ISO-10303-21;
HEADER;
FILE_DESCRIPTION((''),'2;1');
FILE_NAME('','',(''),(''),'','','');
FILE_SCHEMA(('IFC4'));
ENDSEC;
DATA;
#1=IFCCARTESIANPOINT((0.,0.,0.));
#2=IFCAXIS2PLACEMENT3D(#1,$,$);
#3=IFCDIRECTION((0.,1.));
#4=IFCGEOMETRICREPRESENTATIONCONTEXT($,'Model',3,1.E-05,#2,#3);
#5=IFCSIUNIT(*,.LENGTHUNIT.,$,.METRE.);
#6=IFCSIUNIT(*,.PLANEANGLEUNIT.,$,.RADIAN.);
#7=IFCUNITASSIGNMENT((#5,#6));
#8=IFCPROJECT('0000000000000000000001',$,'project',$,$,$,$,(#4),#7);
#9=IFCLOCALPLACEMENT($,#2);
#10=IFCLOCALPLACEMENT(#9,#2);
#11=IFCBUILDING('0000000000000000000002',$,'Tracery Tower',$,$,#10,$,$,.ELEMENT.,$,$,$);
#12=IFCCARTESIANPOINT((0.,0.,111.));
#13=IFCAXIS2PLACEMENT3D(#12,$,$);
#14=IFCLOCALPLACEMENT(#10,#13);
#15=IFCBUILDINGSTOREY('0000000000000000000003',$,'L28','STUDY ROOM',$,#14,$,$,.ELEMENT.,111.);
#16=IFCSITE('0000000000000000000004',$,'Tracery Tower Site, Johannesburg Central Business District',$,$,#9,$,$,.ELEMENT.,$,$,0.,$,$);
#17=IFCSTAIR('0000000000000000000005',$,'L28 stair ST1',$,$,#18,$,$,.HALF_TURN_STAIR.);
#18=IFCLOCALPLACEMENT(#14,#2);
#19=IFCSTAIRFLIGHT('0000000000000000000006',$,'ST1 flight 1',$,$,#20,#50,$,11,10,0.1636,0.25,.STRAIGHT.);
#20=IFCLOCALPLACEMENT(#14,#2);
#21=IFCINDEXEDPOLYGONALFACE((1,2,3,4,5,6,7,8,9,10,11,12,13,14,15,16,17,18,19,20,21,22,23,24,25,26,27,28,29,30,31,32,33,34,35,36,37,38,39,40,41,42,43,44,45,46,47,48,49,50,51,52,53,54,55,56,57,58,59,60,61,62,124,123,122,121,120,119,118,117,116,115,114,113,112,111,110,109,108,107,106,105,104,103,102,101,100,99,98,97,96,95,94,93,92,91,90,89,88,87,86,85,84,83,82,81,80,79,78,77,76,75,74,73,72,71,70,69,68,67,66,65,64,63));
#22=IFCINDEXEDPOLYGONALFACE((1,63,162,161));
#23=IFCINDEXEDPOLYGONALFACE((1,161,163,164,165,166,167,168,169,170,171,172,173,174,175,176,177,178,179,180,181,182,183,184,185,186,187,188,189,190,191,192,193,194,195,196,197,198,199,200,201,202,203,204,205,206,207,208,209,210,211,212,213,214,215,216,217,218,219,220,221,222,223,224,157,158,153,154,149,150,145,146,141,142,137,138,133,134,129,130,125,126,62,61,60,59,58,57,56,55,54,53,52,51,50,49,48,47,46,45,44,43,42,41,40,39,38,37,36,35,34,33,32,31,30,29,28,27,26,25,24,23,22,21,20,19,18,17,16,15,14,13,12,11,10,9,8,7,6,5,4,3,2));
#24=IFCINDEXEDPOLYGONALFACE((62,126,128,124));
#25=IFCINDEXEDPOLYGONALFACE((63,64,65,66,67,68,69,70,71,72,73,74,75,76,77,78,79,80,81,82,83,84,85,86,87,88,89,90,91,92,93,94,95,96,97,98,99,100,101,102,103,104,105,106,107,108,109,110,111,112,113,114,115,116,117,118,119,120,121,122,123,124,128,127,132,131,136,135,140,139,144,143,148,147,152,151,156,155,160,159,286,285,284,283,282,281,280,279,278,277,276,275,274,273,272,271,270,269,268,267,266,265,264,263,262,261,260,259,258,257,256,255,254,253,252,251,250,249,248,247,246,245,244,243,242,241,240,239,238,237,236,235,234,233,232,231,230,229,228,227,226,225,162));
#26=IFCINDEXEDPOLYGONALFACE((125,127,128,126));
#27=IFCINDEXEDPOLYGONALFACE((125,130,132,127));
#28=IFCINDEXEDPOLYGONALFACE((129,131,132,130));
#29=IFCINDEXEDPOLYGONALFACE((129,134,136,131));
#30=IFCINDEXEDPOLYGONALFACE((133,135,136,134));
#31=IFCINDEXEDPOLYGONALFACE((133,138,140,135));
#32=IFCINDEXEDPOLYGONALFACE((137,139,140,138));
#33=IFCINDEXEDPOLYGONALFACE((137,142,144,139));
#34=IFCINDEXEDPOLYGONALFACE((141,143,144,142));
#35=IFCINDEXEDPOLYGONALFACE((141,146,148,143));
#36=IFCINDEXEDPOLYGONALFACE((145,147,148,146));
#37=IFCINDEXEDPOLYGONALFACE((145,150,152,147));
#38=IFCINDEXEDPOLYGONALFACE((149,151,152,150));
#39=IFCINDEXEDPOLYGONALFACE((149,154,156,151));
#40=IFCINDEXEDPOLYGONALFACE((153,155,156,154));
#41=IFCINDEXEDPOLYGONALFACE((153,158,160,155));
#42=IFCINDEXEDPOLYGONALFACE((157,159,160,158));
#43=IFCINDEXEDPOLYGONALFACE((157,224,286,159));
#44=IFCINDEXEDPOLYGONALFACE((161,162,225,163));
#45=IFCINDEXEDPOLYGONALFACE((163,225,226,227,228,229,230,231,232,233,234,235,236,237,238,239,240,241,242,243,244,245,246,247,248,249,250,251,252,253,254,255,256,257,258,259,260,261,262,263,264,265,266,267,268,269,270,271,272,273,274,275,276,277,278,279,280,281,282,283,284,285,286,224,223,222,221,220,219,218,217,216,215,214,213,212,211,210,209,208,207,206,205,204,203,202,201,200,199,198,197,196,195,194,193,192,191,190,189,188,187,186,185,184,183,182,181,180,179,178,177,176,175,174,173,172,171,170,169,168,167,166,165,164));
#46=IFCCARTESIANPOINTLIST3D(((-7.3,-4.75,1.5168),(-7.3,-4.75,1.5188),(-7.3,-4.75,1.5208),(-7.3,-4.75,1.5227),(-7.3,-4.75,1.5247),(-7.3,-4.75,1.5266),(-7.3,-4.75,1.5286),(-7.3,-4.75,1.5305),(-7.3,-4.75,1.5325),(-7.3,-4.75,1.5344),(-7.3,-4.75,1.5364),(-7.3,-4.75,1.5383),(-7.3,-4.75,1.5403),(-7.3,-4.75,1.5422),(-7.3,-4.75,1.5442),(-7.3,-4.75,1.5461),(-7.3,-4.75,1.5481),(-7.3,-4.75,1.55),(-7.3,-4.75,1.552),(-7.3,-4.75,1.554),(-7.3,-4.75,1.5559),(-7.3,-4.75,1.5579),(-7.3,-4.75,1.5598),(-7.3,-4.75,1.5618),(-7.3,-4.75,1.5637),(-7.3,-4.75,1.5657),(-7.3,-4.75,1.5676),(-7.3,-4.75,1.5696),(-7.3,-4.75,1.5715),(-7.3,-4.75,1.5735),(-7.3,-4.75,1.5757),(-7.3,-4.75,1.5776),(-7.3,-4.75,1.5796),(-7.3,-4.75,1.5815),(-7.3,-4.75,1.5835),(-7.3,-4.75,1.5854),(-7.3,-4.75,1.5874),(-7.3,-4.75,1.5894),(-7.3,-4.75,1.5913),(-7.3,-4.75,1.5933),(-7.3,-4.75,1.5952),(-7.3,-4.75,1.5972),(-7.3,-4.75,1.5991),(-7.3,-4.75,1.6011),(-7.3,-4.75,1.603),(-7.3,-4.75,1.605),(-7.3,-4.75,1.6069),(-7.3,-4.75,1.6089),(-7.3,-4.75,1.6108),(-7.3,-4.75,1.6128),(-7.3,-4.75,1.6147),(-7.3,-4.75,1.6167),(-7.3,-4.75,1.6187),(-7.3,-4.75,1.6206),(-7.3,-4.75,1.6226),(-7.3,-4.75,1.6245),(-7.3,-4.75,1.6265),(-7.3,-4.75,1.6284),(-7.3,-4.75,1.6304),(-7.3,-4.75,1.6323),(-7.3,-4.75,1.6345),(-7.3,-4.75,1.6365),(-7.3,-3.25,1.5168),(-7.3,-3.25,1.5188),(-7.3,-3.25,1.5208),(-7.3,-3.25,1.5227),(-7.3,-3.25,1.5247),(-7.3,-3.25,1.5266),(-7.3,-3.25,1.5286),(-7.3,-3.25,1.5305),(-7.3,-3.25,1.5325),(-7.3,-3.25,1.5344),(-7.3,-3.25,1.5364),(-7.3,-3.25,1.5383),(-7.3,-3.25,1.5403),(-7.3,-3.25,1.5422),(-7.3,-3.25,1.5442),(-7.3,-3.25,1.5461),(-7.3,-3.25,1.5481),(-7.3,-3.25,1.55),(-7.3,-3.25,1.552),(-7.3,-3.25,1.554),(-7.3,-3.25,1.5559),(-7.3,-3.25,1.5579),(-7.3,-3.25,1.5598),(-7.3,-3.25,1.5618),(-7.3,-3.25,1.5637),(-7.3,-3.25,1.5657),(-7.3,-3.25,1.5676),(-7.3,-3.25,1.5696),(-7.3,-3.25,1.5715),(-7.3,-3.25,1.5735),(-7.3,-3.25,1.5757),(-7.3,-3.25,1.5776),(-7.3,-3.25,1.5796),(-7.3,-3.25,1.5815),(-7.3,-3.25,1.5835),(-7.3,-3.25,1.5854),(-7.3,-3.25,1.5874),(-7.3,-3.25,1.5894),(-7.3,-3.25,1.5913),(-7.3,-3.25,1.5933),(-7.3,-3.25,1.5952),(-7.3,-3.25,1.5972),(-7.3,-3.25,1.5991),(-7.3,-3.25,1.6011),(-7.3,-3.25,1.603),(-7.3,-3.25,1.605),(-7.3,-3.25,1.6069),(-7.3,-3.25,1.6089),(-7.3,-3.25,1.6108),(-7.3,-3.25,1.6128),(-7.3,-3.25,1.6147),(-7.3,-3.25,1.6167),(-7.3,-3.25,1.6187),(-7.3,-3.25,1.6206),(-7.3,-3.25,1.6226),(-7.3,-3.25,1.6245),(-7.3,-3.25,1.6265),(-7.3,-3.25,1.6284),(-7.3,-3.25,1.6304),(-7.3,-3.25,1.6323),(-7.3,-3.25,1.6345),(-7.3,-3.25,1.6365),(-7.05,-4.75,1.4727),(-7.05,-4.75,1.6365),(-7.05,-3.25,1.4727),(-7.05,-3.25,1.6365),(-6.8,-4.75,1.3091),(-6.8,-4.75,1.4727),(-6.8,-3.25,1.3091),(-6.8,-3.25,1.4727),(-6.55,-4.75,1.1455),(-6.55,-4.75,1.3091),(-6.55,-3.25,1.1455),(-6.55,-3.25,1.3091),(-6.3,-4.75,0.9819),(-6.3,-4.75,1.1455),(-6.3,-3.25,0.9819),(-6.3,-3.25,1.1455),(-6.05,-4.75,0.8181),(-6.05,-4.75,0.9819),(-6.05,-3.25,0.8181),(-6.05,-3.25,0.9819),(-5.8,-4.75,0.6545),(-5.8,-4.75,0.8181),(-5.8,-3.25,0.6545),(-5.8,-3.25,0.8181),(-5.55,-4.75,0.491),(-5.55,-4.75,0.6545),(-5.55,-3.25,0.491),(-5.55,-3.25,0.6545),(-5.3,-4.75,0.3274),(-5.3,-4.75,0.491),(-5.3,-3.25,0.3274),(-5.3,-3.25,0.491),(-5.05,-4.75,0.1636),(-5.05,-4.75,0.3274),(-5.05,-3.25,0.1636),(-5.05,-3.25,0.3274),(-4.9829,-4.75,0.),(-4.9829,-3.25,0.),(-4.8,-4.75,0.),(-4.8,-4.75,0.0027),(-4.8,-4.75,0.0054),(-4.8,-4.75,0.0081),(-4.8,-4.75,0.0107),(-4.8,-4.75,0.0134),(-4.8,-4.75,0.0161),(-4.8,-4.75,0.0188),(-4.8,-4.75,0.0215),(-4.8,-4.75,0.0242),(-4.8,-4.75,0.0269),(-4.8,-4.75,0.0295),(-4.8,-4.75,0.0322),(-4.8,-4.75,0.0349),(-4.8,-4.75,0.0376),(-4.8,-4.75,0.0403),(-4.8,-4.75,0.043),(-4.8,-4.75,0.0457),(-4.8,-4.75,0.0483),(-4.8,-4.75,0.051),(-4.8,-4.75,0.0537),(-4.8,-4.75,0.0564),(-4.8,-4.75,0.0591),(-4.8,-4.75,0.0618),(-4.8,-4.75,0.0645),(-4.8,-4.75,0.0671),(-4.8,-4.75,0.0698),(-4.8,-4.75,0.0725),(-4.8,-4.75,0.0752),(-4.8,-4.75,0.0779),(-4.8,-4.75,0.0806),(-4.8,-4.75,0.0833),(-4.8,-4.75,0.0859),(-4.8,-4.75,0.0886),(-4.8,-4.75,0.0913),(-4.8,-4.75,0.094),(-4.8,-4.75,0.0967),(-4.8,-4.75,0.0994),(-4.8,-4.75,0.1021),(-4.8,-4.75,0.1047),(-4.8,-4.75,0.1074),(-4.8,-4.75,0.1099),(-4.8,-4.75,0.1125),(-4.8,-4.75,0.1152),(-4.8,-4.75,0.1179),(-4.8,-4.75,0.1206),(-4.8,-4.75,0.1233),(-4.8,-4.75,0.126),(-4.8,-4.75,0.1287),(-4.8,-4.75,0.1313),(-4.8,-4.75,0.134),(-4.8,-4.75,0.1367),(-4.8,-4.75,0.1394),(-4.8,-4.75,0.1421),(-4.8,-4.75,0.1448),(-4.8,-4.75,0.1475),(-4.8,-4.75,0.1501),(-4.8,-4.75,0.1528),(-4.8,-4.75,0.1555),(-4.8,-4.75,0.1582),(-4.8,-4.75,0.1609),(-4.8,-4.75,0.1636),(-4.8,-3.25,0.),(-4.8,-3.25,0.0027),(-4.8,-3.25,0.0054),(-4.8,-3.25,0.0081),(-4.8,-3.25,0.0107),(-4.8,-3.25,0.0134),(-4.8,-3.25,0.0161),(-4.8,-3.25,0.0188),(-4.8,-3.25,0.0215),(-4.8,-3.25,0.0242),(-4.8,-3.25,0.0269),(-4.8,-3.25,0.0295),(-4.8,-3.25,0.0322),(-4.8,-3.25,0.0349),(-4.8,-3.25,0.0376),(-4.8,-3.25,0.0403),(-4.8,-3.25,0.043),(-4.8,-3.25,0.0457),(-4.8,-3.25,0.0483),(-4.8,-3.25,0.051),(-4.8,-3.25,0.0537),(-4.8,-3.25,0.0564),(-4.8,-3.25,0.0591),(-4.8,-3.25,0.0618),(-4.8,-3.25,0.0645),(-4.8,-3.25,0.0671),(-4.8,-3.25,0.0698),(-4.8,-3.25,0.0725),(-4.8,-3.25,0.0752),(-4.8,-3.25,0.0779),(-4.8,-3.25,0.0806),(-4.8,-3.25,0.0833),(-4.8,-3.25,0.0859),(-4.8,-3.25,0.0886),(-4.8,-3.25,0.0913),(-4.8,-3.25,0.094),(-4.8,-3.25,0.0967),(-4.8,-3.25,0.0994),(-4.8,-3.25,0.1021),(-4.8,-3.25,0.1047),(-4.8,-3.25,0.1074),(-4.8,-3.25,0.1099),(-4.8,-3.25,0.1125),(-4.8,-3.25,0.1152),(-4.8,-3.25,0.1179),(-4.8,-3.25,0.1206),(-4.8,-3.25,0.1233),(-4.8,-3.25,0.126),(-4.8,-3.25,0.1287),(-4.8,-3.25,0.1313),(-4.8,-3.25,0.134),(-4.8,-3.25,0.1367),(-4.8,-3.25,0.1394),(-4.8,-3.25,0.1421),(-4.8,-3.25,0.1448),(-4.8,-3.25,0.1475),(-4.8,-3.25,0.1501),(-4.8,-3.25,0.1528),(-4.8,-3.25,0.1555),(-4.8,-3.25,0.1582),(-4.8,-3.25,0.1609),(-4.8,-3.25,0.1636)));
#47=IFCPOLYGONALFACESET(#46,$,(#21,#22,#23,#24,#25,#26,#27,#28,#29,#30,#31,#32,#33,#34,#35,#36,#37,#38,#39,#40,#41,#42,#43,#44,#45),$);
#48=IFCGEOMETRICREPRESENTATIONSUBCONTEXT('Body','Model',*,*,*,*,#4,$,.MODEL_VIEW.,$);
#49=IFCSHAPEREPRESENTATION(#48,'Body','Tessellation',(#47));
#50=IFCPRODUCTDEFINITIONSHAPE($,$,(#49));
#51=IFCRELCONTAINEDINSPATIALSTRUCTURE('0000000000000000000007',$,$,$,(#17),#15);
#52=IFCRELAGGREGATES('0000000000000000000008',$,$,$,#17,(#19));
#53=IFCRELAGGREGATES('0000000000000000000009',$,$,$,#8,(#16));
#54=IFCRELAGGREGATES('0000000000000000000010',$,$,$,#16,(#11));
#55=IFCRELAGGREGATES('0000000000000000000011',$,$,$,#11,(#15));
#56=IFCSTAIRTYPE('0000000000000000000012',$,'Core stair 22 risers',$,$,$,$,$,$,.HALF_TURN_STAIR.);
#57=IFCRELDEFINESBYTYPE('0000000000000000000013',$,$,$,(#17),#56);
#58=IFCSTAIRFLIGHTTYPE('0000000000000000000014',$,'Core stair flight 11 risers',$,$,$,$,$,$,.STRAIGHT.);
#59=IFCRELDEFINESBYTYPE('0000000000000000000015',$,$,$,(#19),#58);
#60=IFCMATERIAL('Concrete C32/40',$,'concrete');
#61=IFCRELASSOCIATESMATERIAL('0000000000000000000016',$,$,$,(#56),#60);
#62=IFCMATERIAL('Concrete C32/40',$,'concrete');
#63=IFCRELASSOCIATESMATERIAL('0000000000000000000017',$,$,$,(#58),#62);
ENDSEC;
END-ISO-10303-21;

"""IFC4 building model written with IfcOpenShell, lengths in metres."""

from ifc_helpers import new_model, si_unit, direction, frame, origin, place, context, subcontext, project, spatial, polyline, outline, extrude, material, type_object, element, aggregate, save


model = new_model("IFC4")

# Units and contexts
model_context = context("Model", 3, precision=1e-05, world=origin(), true_north=direction((0.0, 1.0)))
body_context = subcontext(model_context, "Body", "Model", "MODEL_VIEW")
ifc_project = project(units=[si_unit("LENGTHUNIT", "METRE"), si_unit("PLANEANGLEUNIT", "RADIAN")], contexts=[model_context])

# Site, building, storey
site_placement = place(None, origin())
site = spatial("IfcSite", under=ifc_project, at=site_placement, Name="Tracery Tower Site, Johannesburg Central Business District", CompositionType="ELEMENT", RefElevation=0.0)
building_placement = place(site_placement, origin())
building = spatial("IfcBuilding", under=site, at=building_placement, Name="Tracery Tower", CompositionType="ELEMENT")
storey_placement = place(building_placement, frame((0.0, 0.0, 111.0)))
storey = spatial("IfcBuildingStorey", under=building, at=storey_placement, Name="L28", Description="STUDY ROOM", CompositionType="ELEMENT", Elevation=111.0)

# Stair, stair flight
ifc_material_1 = material(Name="Concrete C32/40", Category="concrete")
stair_type = type_object("IfcStairType", Name="Core stair 22 risers", PredefinedType="HALF_TURN_STAIR", material=ifc_material_1)
stair_placement = place(storey_placement, origin())
stair = element("IfcStair", 1, at=stair_placement, inside=storey, type_object=stair_type, Name="L28 stair ST1", PredefinedType="HALF_TURN_STAIR")
ifc_material_2 = material(Name="Concrete C32/40", Category="concrete")
stair_flight_type = type_object("IfcStairFlightType", Name="Core stair flight 11 risers", PredefinedType="STRAIGHT", material=ifc_material_2)
stair_flight_1_placement = place(storey_placement, frame((-4.8, -4.0, 0.0), z_axis=(0.0, 0.0, 1.0), x_axis=(-1.0, 0.0, 0.0)))
stair_flight_1 = element("IfcStairFlight", 2, at=stair_flight_1_placement, type_object=stair_flight_type, Name="ST1 flight 1", NumberOfRisers=11, NumberOfTreads=10, PredefinedType="STRAIGHT", RiserHeight=0.1636, TreadLength=0.25, context=body_context, shape_type="SweptSolid", body=[
    extrude(outline(polyline([(0.0, 0.0), (0.0, 0.0027), (0.0, 0.0054), (0.0, 0.0081), (0.0, 0.0107), (0.0, 0.0134), (0.0, 0.0161), (0.0, 0.0188), (0.0, 0.0215), (0.0, 0.0242), (0.0, 0.0269), (0.0, 0.0295), (0.0, 0.0322), (0.0, 0.0349), (0.0, 0.0376), (0.0, 0.0403), (0.0, 0.043), (0.0, 0.0457), (0.0, 0.0483), (0.0, 0.051), (0.0, 0.0537), (0.0, 0.0564), (0.0, 0.0591), (0.0, 0.0618), (0.0, 0.0645), (0.0, 0.0671), (0.0, 0.0698), (0.0, 0.0725), (0.0, 0.0752), (0.0, 0.0779), (0.0, 0.0806), (0.0, 0.0833), (0.0, 0.0859), (0.0, 0.0886), (0.0, 0.0913), (0.0, 0.094), (0.0, 0.0967), (0.0, 0.0994), (0.0, 0.1021), (0.0, 0.1047), (0.0, 0.1074), (0.0, 0.1099), (0.0, 0.1125), (0.0, 0.1152), (0.0, 0.1179), (0.0, 0.1206), (0.0, 0.1233), (0.0, 0.126), (0.0, 0.1287), (0.0, 0.1313), (0.0, 0.134), (0.0, 0.1367), (0.0, 0.1394), (0.0, 0.1421), (0.0, 0.1448), (0.0, 0.1475), (0.0, 0.1501), (0.0, 0.1528), (0.0, 0.1555), (0.0, 0.1582), (0.0, 0.1609), (0.0, 0.1636), (0.25, 0.1636), (0.25, 0.3274), (0.5, 0.3274), (0.5, 0.491), (0.75, 0.491), (0.75, 0.6545), (1.0, 0.6545), (1.0, 0.8181), (1.25, 0.8181), (1.25, 0.9819), (1.5, 0.9819), (1.5, 1.1455), (1.75, 1.1455), (1.75, 1.3091), (2.0, 1.3091), (2.0, 1.4727), (2.25, 1.4727), (2.25, 1.6365), (2.5, 1.6365), (2.5, 1.6345), (2.5, 1.6323), (2.5, 1.6304), (2.5, 1.6284), (2.5, 1.6265), (2.5, 1.6245), (2.5, 1.6226), (2.5, 1.6206), (2.5, 1.6187), (2.5, 1.6167), (2.5, 1.6147), (2.5, 1.6128), (2.5, 1.6108), (2.5, 1.6089), (2.5, 1.6069), (2.5, 1.605), (2.5, 1.603), (2.5, 1.6011), (2.5, 1.5991), (2.5, 1.5972), (2.5, 1.5952), (2.5, 1.5933), (2.5, 1.5913), (2.5, 1.5894), (2.5, 1.5874), (2.5, 1.5854), (2.5, 1.5835), (2.5, 1.5815), (2.5, 1.5796), (2.5, 1.5776), (2.5, 1.5757), (2.5, 1.5735), (2.5, 1.5715), (2.5, 1.5696), (2.5, 1.5676), (2.5, 1.5657), (2.5, 1.5637), (2.5, 1.5618), (2.5, 1.5598), (2.5, 1.5579), (2.5, 1.5559), (2.5, 1.554), (2.5, 1.552), (2.5, 1.55), (2.5, 1.5481), (2.5, 1.5461), (2.5, 1.5442), (2.5, 1.5422), (2.5, 1.5403), (2.5, 1.5383), (2.5, 1.5364), (2.5, 1.5344), (2.5, 1.5325), (2.5, 1.5305), (2.5, 1.5286), (2.5, 1.5266), (2.5, 1.5247), (2.5, 1.5227), (2.5, 1.5208), (2.5, 1.5188), (2.5, 1.5168), (0.1829, 0.0), (0.0, 0.0)])), frame((0.0, 0.75, 0.0), z_axis=(0.0, -1.0, 0.0), x_axis=(1.0, 0.0, 0.0)), (0.0, 0.0, 1.0), 1.5),
])
aggregate(stair, [stair_flight_1])

save(model, "model.ifc")
